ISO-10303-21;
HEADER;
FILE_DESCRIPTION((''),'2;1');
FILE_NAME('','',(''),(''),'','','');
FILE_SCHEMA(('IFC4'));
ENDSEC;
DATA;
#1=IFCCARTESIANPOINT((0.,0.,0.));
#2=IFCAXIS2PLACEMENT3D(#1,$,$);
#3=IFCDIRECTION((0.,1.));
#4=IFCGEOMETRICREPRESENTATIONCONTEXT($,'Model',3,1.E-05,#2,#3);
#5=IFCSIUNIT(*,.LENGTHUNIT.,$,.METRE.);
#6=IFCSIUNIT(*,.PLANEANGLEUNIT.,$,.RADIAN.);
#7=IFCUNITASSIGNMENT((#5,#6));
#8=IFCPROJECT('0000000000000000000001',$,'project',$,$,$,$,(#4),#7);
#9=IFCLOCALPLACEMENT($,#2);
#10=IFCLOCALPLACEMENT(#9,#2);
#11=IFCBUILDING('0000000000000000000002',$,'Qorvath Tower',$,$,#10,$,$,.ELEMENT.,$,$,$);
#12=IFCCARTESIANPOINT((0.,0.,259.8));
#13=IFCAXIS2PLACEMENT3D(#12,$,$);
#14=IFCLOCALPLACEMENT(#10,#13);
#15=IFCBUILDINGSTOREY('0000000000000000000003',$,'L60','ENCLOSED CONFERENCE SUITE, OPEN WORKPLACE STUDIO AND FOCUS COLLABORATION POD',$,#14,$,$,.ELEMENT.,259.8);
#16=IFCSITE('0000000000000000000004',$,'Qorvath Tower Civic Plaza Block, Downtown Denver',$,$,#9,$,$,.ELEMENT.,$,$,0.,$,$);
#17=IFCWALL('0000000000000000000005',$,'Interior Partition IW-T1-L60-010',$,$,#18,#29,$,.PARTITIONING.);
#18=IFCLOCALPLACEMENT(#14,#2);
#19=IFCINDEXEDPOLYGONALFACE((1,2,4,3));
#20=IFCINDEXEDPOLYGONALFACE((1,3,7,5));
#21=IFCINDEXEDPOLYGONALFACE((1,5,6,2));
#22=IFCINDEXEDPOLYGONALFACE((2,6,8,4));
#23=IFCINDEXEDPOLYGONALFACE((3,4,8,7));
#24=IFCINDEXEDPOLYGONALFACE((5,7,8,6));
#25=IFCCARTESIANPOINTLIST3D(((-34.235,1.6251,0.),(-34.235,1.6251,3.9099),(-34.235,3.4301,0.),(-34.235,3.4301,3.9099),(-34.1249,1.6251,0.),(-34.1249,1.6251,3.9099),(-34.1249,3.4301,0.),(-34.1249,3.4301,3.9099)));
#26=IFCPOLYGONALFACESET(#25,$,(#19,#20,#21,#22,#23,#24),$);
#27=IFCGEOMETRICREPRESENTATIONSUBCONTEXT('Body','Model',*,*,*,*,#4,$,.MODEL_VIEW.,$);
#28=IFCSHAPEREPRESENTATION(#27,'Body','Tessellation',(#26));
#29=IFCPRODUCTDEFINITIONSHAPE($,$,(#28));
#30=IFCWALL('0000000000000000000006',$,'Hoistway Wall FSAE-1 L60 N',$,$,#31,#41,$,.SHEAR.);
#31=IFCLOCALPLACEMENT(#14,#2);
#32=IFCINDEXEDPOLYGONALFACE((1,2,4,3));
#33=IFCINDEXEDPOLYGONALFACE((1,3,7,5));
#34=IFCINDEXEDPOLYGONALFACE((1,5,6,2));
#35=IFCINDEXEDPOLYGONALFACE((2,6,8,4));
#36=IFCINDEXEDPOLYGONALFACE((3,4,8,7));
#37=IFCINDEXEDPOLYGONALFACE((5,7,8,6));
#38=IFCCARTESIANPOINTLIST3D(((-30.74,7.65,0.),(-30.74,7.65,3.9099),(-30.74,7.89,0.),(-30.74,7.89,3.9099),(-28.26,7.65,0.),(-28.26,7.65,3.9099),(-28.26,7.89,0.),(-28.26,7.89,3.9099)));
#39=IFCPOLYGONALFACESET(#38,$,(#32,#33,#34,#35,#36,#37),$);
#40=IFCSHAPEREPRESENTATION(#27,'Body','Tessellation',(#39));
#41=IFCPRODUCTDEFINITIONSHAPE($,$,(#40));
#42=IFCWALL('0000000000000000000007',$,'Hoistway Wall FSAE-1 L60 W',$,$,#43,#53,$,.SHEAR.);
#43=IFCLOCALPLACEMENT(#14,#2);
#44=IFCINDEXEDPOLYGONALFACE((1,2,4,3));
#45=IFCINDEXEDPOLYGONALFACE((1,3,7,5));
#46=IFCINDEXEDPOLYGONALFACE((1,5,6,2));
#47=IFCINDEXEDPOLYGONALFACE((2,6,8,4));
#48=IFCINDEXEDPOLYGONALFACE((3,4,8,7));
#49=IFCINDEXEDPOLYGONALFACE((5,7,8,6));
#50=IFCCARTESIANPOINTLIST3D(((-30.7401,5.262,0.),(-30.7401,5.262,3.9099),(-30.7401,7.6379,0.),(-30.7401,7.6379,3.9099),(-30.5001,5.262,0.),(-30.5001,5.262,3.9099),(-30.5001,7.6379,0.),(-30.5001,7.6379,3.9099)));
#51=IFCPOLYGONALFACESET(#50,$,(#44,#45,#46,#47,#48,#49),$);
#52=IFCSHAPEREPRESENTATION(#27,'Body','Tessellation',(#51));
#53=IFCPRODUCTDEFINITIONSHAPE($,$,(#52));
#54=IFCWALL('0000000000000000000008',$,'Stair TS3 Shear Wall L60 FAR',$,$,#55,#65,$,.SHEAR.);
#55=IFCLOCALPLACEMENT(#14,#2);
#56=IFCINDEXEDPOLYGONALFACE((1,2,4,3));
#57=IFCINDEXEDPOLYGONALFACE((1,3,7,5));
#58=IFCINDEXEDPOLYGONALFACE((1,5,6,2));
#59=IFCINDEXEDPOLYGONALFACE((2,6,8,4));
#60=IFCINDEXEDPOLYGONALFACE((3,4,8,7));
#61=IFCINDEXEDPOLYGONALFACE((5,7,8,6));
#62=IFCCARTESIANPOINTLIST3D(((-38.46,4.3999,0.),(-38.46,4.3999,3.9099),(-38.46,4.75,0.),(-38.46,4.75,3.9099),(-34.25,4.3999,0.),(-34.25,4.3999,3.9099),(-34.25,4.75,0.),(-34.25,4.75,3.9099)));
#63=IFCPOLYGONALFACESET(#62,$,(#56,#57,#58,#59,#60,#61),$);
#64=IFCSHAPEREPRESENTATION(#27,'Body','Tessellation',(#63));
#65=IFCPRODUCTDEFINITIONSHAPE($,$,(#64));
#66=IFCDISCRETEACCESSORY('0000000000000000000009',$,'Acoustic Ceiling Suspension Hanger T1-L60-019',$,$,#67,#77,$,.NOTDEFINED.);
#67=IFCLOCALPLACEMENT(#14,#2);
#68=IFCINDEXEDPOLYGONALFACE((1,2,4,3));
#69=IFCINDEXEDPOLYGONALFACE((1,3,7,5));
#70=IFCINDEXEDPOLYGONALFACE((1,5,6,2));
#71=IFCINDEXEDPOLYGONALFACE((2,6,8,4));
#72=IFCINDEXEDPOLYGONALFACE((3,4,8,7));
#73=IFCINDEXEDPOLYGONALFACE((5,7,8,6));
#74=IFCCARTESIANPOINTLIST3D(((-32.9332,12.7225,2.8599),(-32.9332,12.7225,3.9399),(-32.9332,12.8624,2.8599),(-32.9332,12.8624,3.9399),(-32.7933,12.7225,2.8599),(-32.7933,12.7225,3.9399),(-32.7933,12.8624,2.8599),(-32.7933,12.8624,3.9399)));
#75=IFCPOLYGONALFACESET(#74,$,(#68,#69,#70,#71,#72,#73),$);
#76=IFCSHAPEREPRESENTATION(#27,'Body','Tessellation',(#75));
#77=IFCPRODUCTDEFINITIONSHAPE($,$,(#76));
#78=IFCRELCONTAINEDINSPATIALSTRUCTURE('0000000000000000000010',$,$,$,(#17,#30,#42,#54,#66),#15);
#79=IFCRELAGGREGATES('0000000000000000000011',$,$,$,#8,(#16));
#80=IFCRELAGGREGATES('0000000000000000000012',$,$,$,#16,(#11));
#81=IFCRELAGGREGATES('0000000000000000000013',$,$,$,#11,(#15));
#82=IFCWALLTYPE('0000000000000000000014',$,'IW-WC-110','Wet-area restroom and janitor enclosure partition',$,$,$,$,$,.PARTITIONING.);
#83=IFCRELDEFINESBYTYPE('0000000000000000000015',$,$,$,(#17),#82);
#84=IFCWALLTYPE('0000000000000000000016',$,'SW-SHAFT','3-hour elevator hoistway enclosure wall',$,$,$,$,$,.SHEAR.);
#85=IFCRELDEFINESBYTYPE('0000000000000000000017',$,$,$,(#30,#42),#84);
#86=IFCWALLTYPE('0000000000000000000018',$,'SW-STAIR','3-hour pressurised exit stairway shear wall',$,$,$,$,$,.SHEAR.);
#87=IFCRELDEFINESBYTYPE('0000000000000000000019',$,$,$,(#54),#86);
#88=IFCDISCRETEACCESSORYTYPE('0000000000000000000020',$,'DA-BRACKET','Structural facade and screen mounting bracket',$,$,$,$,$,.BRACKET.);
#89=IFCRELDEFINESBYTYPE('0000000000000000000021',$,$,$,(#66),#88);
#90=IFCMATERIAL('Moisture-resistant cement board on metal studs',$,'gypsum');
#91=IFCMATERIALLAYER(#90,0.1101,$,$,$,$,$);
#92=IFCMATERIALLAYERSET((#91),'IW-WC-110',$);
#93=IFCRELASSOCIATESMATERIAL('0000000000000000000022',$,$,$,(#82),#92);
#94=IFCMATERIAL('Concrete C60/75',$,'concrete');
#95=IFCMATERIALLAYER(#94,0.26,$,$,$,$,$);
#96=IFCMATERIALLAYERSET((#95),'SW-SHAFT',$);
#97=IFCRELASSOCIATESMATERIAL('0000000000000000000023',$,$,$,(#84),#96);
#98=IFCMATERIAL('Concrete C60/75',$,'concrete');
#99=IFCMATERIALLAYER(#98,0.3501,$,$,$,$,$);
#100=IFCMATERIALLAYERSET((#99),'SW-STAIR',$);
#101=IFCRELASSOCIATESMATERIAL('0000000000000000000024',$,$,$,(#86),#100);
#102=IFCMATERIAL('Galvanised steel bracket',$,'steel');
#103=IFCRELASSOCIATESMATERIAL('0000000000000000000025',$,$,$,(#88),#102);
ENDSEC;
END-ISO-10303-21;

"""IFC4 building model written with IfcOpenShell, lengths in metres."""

from ifc_helpers import new_model, si_unit, direction, frame, frame_2d, origin, origin_2d, place, context, subcontext, project, spatial, rectangle, extrude, material, layer, layer_set, type_object, element, save


model = new_model("IFC4")

# Units and contexts
model_context = context("Model", 3, precision=1e-05, world=origin(), true_north=direction((0.0, 1.0)))
body_context = subcontext(model_context, "Body", "Model", "MODEL_VIEW")
ifc_project = project(units=[si_unit("LENGTHUNIT", "METRE"), si_unit("PLANEANGLEUNIT", "RADIAN")], contexts=[model_context])

# Site, building, storey
site_placement = place(None, origin())
site = spatial("IfcSite", under=ifc_project, at=site_placement, Name="Qorvath Tower Civic Plaza Block, Downtown Denver", CompositionType="ELEMENT", RefElevation=0.0)
building_placement = place(site_placement, origin())
building = spatial("IfcBuilding", under=site, at=building_placement, Name="Qorvath Tower", CompositionType="ELEMENT")
storey_placement = place(building_placement, frame((0.0, 0.0, 259.8)))
storey = spatial("IfcBuildingStorey", under=building, at=storey_placement, Name="L60", Description="ENCLOSED CONFERENCE SUITE, OPEN WORKPLACE STUDIO AND FOCUS COLLABORATION POD", CompositionType="ELEMENT", Elevation=259.8)

# Shared definitions
ifc_material_1 = material(Name="Moisture-resistant cement board on metal studs", Category="gypsum")
ifc_layer_1 = layer(ifc_material_1, 0.1101)
ifc_layer_set_1 = layer_set([ifc_layer_1], Name="IW-WC-110")
wall_type_1 = type_object("IfcWallType", Name="IW-WC-110", Description="Wet-area restroom and janitor enclosure partition", PredefinedType="PARTITIONING", material=ifc_layer_set_1)

# Walls
wall_1_placement = place(storey_placement, frame((-34.1799, 3.4299, 0.0), z_axis=(0.0, 0.0, 1.0), x_axis=(0.0, -1.0, 0.0)))
element("IfcWall", 1, at=wall_1_placement, inside=storey, type_object=wall_type_1, Name="Interior Partition IW-T1-L60-010", PredefinedType="PARTITIONING", context=body_context, shape_type="SweptSolid", body=[
    extrude(rectangle(XDim=1.8049, YDim=0.1101, at=frame_2d((0.9023, 0.0))), origin(), (0.0, 0.0, 1.0), 3.9099),
])
ifc_material_2 = material(Name="Concrete C60/75", Category="concrete")
ifc_layer_2 = layer(ifc_material_2, 0.26)
ifc_layer_set_2 = layer_set([ifc_layer_2], Name="SW-SHAFT")
wall_type_2 = type_object("IfcWallType", Name="SW-SHAFT", Description="3-hour elevator hoistway enclosure wall", PredefinedType="SHEAR", material=ifc_layer_set_2)
wall_2_placement = place(storey_placement, frame((-30.74, 7.77, 0.0), z_axis=(0.0, 0.0, 1.0), x_axis=(1.0, 0.0, 0.0)))
element("IfcWall", 2, at=wall_2_placement, inside=storey, type_object=wall_type_2, Name="Hoistway Wall FSAE-1 L60 N", PredefinedType="SHEAR", context=body_context, shape_type="SweptSolid", body=[
    extrude(rectangle(XDim=2.48, YDim=0.24, at=frame_2d((1.24, 0.0))), origin(), (0.0, 0.0, 1.0), 3.9099),
])
wall_3_placement = place(storey_placement, frame((-30.6201, 5.262, 0.0), z_axis=(0.0, 0.0, 1.0), x_axis=(0.0, 1.0, 0.0)))
element("IfcWall", 3, at=wall_3_placement, inside=storey, type_object=wall_type_2, Name="Hoistway Wall FSAE-1 L60 W", PredefinedType="SHEAR", context=body_context, shape_type="SweptSolid", body=[
    extrude(rectangle(XDim=2.376, YDim=0.24, at=frame_2d((1.188, 0.0))), origin(), (0.0, 0.0, 1.0), 3.9099),
])
ifc_material_3 = material(Name="Concrete C60/75", Category="concrete")
ifc_layer_3 = layer(ifc_material_3, 0.3501)
ifc_layer_set_3 = layer_set([ifc_layer_3], Name="SW-STAIR")
wall_type_3 = type_object("IfcWallType", Name="SW-STAIR", Description="3-hour pressurised exit stairway shear wall", PredefinedType="SHEAR", material=ifc_layer_set_3)
wall_4_placement = place(storey_placement, frame((-34.25, 4.575, 0.0), z_axis=(0.0, 0.0, 1.0), x_axis=(-1.0, 0.0, 0.0)))
element("IfcWall", 4, at=wall_4_placement, inside=storey, type_object=wall_type_3, Name="Stair TS3 Shear Wall L60 FAR", PredefinedType="SHEAR", context=body_context, shape_type="SweptSolid", body=[
    extrude(rectangle(XDim=4.21, YDim=0.3501, at=frame_2d((2.105, 0.0))), origin(), (0.0, 0.0, 1.0), 3.9099),
])

# Discrete accessory
ifc_material_4 = material(Name="Galvanised steel bracket", Category="steel")
discrete_accessory_type = type_object("IfcDiscreteAccessoryType", Name="DA-BRACKET", Description="Structural facade and screen mounting bracket", PredefinedType="BRACKET", material=ifc_material_4)
discrete_accessory_placement = place(storey_placement, frame((-32.8633, 12.7925, 2.8599), z_axis=(0.0, 0.0, 1.0), x_axis=(1.0, 0.0, 0.0)))
element("IfcDiscreteAccessory", 5, at=discrete_accessory_placement, inside=storey, type_object=discrete_accessory_type, Name="Acoustic Ceiling Suspension Hanger T1-L60-019", PredefinedType="NOTDEFINED", context=body_context, shape_type="SweptSolid", body=[
    extrude(rectangle(XDim=0.1399, YDim=0.1399, at=origin_2d()), origin(), (0.0, 0.0, 1.0), 1.0801),
])

save(model, "model.ifc")
